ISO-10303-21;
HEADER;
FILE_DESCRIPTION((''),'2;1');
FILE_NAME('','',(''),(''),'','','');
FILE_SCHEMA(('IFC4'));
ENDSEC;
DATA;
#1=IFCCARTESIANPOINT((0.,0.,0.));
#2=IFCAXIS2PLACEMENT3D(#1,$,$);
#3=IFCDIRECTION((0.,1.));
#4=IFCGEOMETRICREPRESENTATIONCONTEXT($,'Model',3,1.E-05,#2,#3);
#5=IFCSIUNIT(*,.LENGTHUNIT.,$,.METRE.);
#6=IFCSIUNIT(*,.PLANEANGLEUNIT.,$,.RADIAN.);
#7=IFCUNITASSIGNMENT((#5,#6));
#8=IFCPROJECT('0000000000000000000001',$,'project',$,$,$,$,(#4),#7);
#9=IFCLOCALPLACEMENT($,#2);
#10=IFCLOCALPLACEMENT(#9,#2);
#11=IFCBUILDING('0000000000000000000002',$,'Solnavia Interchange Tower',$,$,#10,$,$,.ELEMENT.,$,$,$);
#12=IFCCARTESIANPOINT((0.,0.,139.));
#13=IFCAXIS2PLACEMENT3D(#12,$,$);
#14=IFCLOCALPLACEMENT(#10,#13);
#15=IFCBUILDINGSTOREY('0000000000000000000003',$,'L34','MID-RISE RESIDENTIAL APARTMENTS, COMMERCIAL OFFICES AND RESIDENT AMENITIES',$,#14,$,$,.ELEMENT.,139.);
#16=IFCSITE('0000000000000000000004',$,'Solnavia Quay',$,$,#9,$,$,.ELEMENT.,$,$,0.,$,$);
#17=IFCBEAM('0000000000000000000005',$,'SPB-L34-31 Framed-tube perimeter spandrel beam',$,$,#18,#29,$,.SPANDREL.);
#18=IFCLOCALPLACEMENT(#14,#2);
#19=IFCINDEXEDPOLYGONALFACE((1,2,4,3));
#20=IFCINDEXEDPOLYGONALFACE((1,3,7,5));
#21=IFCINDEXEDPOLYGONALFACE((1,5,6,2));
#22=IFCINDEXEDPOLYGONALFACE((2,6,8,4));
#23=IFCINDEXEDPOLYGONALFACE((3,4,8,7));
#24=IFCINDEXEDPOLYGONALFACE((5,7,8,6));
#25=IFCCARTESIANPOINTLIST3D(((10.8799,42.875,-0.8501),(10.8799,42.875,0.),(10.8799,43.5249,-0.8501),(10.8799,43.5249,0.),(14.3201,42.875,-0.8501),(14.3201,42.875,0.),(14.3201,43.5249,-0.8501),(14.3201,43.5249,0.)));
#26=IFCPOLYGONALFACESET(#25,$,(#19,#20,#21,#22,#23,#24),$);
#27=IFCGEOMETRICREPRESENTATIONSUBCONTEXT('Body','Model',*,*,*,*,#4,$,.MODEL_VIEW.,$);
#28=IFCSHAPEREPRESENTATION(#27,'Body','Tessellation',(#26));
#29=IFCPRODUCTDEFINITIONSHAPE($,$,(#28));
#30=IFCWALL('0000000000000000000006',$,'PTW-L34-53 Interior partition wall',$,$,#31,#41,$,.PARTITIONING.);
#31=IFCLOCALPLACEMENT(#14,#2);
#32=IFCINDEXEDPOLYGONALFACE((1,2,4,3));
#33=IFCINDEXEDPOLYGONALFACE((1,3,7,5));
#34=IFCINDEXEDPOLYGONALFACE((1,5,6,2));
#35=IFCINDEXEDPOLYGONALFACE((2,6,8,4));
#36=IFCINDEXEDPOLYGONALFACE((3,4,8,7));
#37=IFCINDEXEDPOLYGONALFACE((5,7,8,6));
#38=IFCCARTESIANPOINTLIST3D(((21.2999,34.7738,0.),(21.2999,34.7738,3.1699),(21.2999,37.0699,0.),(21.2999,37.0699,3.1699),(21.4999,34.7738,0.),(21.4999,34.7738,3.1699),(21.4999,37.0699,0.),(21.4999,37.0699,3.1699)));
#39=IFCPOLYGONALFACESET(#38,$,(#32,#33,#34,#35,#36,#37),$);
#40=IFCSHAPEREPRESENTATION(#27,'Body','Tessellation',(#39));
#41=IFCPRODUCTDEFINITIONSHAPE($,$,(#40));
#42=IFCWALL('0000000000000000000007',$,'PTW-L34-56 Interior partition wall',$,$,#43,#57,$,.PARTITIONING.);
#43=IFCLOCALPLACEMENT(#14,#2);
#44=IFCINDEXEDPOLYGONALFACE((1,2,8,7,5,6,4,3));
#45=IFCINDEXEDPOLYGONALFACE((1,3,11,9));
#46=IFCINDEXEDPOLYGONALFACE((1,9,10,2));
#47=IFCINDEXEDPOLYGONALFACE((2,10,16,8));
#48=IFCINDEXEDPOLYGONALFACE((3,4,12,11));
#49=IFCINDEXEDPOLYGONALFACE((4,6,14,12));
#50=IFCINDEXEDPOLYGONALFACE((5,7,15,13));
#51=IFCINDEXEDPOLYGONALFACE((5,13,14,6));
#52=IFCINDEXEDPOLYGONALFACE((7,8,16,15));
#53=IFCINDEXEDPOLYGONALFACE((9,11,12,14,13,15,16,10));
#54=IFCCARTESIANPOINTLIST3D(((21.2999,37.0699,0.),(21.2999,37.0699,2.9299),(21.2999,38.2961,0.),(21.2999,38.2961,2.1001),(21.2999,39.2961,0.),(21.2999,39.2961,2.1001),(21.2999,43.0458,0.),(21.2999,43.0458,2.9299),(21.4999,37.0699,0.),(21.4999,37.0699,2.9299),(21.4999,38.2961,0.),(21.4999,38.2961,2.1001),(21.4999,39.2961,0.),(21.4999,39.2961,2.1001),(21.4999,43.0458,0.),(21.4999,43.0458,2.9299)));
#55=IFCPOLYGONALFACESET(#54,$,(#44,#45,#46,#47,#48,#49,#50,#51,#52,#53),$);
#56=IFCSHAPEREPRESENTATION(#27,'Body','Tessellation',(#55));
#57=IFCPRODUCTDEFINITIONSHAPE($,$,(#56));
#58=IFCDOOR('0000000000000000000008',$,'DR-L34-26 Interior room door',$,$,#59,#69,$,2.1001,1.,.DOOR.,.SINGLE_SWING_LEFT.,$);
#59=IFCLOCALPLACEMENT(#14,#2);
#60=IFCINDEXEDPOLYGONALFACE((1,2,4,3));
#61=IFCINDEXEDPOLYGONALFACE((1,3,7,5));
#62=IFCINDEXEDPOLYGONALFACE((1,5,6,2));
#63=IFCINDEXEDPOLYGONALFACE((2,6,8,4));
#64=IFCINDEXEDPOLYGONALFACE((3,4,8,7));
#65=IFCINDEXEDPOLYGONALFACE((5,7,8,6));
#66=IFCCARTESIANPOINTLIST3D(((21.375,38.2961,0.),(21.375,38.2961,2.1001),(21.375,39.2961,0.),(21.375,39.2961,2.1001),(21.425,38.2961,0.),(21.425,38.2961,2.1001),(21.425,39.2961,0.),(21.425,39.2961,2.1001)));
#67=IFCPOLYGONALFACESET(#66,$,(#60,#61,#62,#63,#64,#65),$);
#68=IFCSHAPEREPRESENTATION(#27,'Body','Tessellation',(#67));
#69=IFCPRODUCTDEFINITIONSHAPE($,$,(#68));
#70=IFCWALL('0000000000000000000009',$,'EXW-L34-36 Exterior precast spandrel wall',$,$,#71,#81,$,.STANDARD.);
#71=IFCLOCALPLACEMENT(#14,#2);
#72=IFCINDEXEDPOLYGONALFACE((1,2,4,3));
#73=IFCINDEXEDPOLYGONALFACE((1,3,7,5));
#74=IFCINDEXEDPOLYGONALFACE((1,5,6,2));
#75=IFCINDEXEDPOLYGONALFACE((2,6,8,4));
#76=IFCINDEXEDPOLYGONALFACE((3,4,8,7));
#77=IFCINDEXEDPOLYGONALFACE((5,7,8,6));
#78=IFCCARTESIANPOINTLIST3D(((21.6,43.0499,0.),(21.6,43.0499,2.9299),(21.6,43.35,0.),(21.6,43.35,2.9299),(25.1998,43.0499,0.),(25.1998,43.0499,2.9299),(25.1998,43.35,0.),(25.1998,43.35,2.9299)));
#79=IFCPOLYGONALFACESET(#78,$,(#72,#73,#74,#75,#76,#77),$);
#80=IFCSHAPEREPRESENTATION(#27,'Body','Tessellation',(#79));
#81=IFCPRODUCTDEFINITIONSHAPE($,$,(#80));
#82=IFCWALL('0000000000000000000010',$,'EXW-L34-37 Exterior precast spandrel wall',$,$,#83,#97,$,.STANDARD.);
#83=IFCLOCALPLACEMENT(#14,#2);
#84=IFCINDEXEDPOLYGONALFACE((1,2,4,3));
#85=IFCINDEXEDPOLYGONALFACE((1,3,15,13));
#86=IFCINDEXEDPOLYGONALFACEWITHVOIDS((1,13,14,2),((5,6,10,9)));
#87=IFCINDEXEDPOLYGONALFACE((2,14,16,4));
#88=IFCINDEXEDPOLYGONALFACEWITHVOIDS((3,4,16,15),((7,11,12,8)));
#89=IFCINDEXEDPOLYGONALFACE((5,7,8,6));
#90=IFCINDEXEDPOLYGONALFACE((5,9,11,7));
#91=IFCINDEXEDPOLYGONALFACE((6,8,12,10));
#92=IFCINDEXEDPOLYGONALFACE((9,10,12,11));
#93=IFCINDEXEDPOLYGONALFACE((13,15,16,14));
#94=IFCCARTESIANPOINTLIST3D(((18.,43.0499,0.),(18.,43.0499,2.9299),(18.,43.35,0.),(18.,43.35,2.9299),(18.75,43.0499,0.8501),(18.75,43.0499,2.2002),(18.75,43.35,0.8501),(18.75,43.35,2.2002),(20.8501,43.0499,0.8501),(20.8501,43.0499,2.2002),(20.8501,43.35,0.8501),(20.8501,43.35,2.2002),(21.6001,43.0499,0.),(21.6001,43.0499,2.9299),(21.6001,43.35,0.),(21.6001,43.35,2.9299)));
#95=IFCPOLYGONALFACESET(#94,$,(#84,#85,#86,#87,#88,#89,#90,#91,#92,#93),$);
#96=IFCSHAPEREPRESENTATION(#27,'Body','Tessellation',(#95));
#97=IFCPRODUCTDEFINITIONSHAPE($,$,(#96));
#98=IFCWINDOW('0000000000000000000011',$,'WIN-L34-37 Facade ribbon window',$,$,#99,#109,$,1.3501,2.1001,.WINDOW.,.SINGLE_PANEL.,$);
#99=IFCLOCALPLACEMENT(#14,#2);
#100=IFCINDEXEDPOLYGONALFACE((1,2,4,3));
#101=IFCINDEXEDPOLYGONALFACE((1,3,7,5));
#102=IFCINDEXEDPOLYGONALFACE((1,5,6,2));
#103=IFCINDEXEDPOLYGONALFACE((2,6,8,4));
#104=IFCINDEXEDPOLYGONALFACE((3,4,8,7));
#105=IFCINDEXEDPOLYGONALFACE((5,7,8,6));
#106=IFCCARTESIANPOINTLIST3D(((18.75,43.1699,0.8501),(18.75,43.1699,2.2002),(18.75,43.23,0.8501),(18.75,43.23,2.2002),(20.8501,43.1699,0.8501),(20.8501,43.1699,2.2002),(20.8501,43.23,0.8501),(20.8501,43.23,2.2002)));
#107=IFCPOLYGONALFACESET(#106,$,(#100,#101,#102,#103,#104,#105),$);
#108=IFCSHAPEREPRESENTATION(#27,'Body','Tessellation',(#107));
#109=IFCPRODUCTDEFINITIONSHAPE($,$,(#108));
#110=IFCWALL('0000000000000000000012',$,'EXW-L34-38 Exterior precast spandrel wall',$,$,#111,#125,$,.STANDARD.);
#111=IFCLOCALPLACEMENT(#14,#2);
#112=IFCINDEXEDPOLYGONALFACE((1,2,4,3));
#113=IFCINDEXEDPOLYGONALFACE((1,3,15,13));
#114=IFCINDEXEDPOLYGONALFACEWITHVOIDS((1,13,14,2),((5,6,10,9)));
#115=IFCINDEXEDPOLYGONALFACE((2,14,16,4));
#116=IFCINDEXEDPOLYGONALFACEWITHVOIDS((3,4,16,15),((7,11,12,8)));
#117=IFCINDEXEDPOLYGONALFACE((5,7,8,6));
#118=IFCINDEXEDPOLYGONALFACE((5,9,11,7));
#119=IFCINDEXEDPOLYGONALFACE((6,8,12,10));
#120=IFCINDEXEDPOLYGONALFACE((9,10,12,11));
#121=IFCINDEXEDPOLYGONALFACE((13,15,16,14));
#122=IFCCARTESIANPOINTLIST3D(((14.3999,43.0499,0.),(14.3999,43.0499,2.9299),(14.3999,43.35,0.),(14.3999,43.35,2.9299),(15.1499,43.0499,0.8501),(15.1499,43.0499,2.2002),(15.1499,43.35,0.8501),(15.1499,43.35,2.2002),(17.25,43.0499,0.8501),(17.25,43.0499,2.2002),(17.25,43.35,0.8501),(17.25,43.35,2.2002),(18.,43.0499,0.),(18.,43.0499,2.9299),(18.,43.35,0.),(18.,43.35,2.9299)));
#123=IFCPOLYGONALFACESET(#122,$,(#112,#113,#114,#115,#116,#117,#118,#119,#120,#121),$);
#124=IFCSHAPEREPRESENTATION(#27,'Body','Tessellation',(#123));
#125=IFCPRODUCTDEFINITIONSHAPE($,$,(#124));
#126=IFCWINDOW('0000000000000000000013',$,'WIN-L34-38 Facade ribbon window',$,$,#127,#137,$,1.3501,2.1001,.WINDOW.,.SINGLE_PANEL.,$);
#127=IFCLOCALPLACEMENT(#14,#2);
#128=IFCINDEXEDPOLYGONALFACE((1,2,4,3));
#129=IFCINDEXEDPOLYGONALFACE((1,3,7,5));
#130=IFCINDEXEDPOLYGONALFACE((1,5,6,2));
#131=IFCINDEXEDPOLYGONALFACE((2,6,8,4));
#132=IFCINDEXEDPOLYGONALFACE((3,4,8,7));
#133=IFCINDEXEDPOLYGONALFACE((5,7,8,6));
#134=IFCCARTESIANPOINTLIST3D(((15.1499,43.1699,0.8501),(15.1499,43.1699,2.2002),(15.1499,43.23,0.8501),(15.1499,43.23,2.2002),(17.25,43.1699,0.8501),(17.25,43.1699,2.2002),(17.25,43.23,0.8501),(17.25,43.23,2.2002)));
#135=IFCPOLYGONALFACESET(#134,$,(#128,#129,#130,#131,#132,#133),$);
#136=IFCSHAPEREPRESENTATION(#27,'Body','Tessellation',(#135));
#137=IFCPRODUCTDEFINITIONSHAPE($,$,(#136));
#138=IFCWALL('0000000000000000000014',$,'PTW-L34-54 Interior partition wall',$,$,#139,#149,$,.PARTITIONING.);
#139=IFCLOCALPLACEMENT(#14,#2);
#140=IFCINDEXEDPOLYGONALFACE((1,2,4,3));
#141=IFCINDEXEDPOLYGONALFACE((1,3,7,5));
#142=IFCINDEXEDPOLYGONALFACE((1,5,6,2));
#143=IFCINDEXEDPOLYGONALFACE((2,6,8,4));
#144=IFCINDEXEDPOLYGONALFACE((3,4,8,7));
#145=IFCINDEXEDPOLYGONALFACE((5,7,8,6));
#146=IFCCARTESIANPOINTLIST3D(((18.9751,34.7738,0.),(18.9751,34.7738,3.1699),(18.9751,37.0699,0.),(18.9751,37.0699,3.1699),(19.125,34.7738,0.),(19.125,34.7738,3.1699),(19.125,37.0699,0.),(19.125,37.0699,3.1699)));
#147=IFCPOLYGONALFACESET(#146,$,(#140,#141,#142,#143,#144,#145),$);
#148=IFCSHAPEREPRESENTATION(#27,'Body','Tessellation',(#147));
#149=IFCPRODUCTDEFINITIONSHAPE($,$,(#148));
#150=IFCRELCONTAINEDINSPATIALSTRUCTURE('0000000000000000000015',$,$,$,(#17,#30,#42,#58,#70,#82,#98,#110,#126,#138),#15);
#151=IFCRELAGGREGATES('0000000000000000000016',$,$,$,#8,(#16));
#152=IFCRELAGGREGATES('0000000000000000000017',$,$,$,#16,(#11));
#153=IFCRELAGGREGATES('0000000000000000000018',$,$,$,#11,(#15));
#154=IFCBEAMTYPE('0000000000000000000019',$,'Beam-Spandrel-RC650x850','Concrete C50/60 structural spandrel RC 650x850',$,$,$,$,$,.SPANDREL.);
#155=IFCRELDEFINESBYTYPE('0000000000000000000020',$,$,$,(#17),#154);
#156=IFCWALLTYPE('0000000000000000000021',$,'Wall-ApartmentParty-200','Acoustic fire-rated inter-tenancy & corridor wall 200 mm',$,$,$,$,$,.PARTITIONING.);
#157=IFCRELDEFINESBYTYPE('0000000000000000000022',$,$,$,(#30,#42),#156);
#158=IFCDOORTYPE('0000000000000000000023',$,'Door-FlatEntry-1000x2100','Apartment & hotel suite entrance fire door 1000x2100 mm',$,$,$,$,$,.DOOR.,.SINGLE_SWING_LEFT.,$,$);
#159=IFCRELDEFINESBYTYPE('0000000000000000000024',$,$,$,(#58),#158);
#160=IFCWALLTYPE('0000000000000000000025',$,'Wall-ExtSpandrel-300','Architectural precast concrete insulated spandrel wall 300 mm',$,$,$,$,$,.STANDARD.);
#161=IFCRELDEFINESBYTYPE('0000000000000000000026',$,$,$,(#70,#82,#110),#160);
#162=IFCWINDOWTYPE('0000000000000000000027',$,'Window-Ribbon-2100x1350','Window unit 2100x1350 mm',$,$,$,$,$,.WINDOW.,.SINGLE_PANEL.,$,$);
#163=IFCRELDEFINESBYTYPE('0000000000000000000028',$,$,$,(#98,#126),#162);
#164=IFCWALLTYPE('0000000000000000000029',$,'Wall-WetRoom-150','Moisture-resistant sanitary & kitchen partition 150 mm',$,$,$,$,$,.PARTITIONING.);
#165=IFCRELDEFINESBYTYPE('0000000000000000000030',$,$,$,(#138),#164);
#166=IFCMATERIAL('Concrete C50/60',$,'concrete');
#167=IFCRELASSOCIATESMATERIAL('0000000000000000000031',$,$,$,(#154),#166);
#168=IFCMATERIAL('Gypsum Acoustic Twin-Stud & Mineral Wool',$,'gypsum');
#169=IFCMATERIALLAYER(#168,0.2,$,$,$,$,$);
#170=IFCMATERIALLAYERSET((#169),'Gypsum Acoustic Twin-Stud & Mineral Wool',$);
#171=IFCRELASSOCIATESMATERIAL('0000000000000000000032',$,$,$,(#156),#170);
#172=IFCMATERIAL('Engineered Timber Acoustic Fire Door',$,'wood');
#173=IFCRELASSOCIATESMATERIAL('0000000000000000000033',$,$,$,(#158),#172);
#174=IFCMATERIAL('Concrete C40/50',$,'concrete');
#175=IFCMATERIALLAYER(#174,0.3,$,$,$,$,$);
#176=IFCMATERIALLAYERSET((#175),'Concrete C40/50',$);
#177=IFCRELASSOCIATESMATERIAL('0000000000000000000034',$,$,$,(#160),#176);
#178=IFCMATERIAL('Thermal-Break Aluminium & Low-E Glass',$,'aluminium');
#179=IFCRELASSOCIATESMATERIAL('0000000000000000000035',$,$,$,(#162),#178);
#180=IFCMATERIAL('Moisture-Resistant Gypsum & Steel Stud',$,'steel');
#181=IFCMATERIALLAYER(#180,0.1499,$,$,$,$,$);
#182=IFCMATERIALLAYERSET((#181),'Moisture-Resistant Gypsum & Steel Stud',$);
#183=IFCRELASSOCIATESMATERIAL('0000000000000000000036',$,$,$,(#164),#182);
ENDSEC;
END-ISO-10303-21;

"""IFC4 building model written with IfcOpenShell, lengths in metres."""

from ifc_helpers import new_model, si_unit, direction, frame, frame_2d, origin, origin_2d, place, context, subcontext, project, spatial, rectangle, extrude, material, layer, layer_set, material_profile, profile_set, type_object, element, fill, save


model = new_model("IFC4")

# Units and contexts
model_context = context("Model", 3, precision=1e-05, world=origin(), true_north=direction((0.0, 1.0)))
body_context = subcontext(model_context, "Body", "Model", "MODEL_VIEW")
ifc_project = project(units=[si_unit("LENGTHUNIT", "METRE"), si_unit("PLANEANGLEUNIT", "RADIAN")], contexts=[model_context])

# Site, building, storey
site_placement = place(None, origin())
site = spatial("IfcSite", under=ifc_project, at=site_placement, Name="Solnavia Quay", CompositionType="ELEMENT", RefElevation=0.0)
building_placement = place(site_placement, origin())
building = spatial("IfcBuilding", under=site, at=building_placement, Name="Solnavia Interchange Tower", CompositionType="ELEMENT")
storey_placement = place(building_placement, frame((0.0, 0.0, 139.0)))
storey = spatial("IfcBuildingStorey", under=building, at=storey_placement, Name="L34", Description="MID-RISE RESIDENTIAL APARTMENTS, COMMERCIAL OFFICES AND RESIDENT AMENITIES", CompositionType="ELEMENT", Elevation=139.0)

# Shared definitions
ifc_material_1 = material(Name="Concrete C50/60", Category="concrete")

# Beam
ifc_material_profile_1 = material_profile(ifc_material_1, rectangle(XDim=0.6499, YDim=0.8501, at=origin_2d()), Name="RC 650x850")
ifc_profile_set_1 = profile_set([ifc_material_profile_1], Name="Concrete C50/60")
beam_type_1 = type_object("IfcBeamType", Name="Beam-Spandrel-RC650x850", Description="Concrete C50/60 structural spandrel RC 650x850", PredefinedType="SPANDREL", material=ifc_profile_set_1)
beam_1_placement = place(storey_placement, frame((14.3201, 43.2, -0.425), z_axis=(-1.0, 0.0, 0.0), x_axis=(0.0, -1.0, 0.0)))
element("IfcBeam", 1, at=beam_1_placement, inside=storey, type_object=beam_type_1, Name="SPB-L34-31 Framed-tube perimeter spandrel beam", PredefinedType="SPANDREL", context=body_context, shape_type="SweptSolid", body=[
    extrude(rectangle(XDim=0.6499, YDim=0.8501, at=origin_2d()), origin(), (0.0, 0.0, 1.0), 3.4402),
])

# Wall
ifc_material_2 = material(Name="Gypsum Acoustic Twin-Stud & Mineral Wool", Category="gypsum")
ifc_layer_1 = layer(ifc_material_2, 0.2)
ifc_layer_set_1 = layer_set([ifc_layer_1], Name="Gypsum Acoustic Twin-Stud & Mineral Wool")
wall_type_1 = type_object("IfcWallType", Name="Wall-ApartmentParty-200", Description="Acoustic fire-rated inter-tenancy & corridor wall 200 mm", PredefinedType="PARTITIONING", material=ifc_layer_set_1)
wall_1_placement = place(storey_placement, frame((21.3999, 34.7739, 0.0), z_axis=(0.0, 0.0, 1.0), x_axis=(0.0, 1.0, 0.0)))
element("IfcWall", 2, at=wall_1_placement, inside=storey, type_object=wall_type_1, Name="PTW-L34-53 Interior partition wall", PredefinedType="PARTITIONING", context=body_context, shape_type="SweptSolid", body=[
    extrude(rectangle(XDim=2.2961, YDim=0.2, at=frame_2d((1.1479, 0.0))), origin(), (0.0, 0.0, 1.0), 3.1699),
])

# Wall, opening, door
wall_2_placement = place(storey_placement, frame((21.3999, 37.0701, 0.0), z_axis=(0.0, 0.0, 1.0), x_axis=(0.0, 1.0, 0.0)))
wall_2 = element("IfcWall", 3, at=wall_2_placement, inside=storey, type_object=wall_type_1, Name="PTW-L34-56 Interior partition wall", PredefinedType="PARTITIONING", context=body_context, shape_type="SweptSolid", body=[
    extrude(rectangle(XDim=5.9758, YDim=0.2, at=frame_2d((2.9878, 0.0))), origin(), (0.0, 0.0, 1.0), 2.9299),
])
opening_1_placement = place(wall_2_placement, frame((1.2261, 0.0, 0.0)))
opening_1 = element("IfcOpeningElement", 4, at=opening_1_placement, cuts=wall_2, PredefinedType="OPENING", context=body_context, shape_type="SweptSolid", body=[
    extrude(rectangle(XDim=1.0, YDim=2.1001, at=frame_2d((0.5, 1.05))), frame((0.0, 0.1099, 0.0), z_axis=(0.0, -1.0, 0.0), x_axis=(1.0, 0.0, 0.0)), (0.0, 0.0, 1.0), 0.22),
])
ifc_material_3 = material(Name="Engineered Timber Acoustic Fire Door", Category="wood")
door_type_1 = type_object("IfcDoorType", Name="Door-FlatEntry-1000x2100", Description="Apartment & hotel suite entrance fire door 1000x2100 mm", OperationType="SINGLE_SWING_LEFT", PredefinedType="DOOR", material=ifc_material_3)
door_1_placement = place(opening_1_placement, origin())
door_1 = element("IfcDoor", 5, at=door_1_placement, inside=storey, type_object=door_type_1, Name="DR-L34-26 Interior room door", OperationType="SINGLE_SWING_LEFT", OverallHeight=2.1001, OverallWidth=1.0, PredefinedType="DOOR", context=body_context, shape_type="SweptSolid", body=[
    extrude(rectangle(XDim=1.0, YDim=2.1001, at=frame_2d((0.5, 1.05))), frame((0.0, 0.0249, 0.0), z_axis=(0.0, -1.0, 0.0), x_axis=(1.0, 0.0, 0.0)), (0.0, 0.0, 1.0), 0.05),
])
fill(opening_1, door_1)

# Wall
ifc_material_4 = material(Name="Concrete C40/50", Category="concrete")
ifc_layer_2 = layer(ifc_material_4, 0.3)
ifc_layer_set_2 = layer_set([ifc_layer_2], Name="Concrete C40/50")
wall_type_2 = type_object("IfcWallType", Name="Wall-ExtSpandrel-300", Description="Architectural precast concrete insulated spandrel wall 300 mm", PredefinedType="STANDARD", material=ifc_layer_set_2)
wall_3_placement = place(storey_placement, frame((21.6001, 43.2, 0.0), z_axis=(0.0, 0.0, 1.0), x_axis=(1.0, 0.0, 0.0)))
element("IfcWall", 6, at=wall_3_placement, inside=storey, type_object=wall_type_2, Name="EXW-L34-36 Exterior precast spandrel wall", PredefinedType="STANDARD", context=body_context, shape_type="SweptSolid", body=[
    extrude(rectangle(XDim=3.5999, YDim=0.3, at=frame_2d((1.7998, 0.0))), origin(), (0.0, 0.0, 1.0), 2.9299),
])

# Walls, openings, windows
wall_4_placement = place(storey_placement, frame((18.0, 43.2, 0.0), z_axis=(0.0, 0.0, 1.0), x_axis=(1.0, 0.0, 0.0)))
wall_4 = element("IfcWall", 7, at=wall_4_placement, inside=storey, type_object=wall_type_2, Name="EXW-L34-37 Exterior precast spandrel wall", PredefinedType="STANDARD", context=body_context, shape_type="SweptSolid", body=[
    extrude(rectangle(XDim=3.6001, YDim=0.3, at=frame_2d((1.8, 0.0))), origin(), (0.0, 0.0, 1.0), 2.9299),
])
opening_2_placement = place(wall_4_placement, frame((0.75, 0.0, 0.8501)))
opening_2 = element("IfcOpeningElement", 8, at=opening_2_placement, cuts=wall_4, PredefinedType="OPENING", context=body_context, shape_type="SweptSolid", body=[
    extrude(rectangle(XDim=2.1001, YDim=1.3501, at=frame_2d((1.05, 0.675))), frame((0.0, 0.1602, 0.0), z_axis=(0.0, -1.0, 0.0), x_axis=(1.0, 0.0, 0.0)), (0.0, 0.0, 1.0), 0.3201),
])
ifc_material_5 = material(Name="Thermal-Break Aluminium & Low-E Glass", Category="aluminium")
window_type = type_object("IfcWindowType", Name="Window-Ribbon-2100x1350", Description="Window unit 2100x1350 mm", PartitioningType="SINGLE_PANEL", PredefinedType="WINDOW", material=ifc_material_5)
window_1_placement = place(opening_2_placement, origin())
window_1 = element("IfcWindow", 9, at=window_1_placement, inside=storey, type_object=window_type, Name="WIN-L34-37 Facade ribbon window", OverallHeight=1.3501, OverallWidth=2.1001, PartitioningType="SINGLE_PANEL", PredefinedType="WINDOW", context=body_context, shape_type="SweptSolid", body=[
    extrude(rectangle(XDim=2.1001, YDim=1.3501, at=frame_2d((1.05, 0.675))), frame((0.0, 0.03, 0.0), z_axis=(0.0, -1.0, 0.0), x_axis=(1.0, 0.0, 0.0)), (0.0, 0.0, 1.0), 0.0601),
])
fill(opening_2, window_1)
wall_5_placement = place(storey_placement, frame((14.3999, 43.2, 0.0), z_axis=(0.0, 0.0, 1.0), x_axis=(1.0, 0.0, 0.0)))
wall_5 = element("IfcWall", 10, at=wall_5_placement, inside=storey, type_object=wall_type_2, Name="EXW-L34-38 Exterior precast spandrel wall", PredefinedType="STANDARD", context=body_context, shape_type="SweptSolid", body=[
    extrude(rectangle(XDim=3.6001, YDim=0.3, at=frame_2d((1.8, 0.0))), origin(), (0.0, 0.0, 1.0), 2.9299),
])
opening_3_placement = place(wall_5_placement, frame((0.75, 0.0, 0.8501)))
opening_3 = element("IfcOpeningElement", 11, at=opening_3_placement, cuts=wall_5, PredefinedType="OPENING", context=body_context, shape_type="SweptSolid", body=[
    extrude(rectangle(XDim=2.1001, YDim=1.3501, at=frame_2d((1.05, 0.675))), frame((0.0, 0.1602, 0.0), z_axis=(0.0, -1.0, 0.0), x_axis=(1.0, 0.0, 0.0)), (0.0, 0.0, 1.0), 0.3201),
])
window_2_placement = place(opening_3_placement, origin())
window_2 = element("IfcWindow", 12, at=window_2_placement, inside=storey, type_object=window_type, Name="WIN-L34-38 Facade ribbon window", OverallHeight=1.3501, OverallWidth=2.1001, PartitioningType="SINGLE_PANEL", PredefinedType="WINDOW", context=body_context, shape_type="SweptSolid", body=[
    extrude(rectangle(XDim=2.1001, YDim=1.3501, at=frame_2d((1.05, 0.675))), frame((0.0, 0.03, 0.0), z_axis=(0.0, -1.0, 0.0), x_axis=(1.0, 0.0, 0.0)), (0.0, 0.0, 1.0), 0.0601),
])
fill(opening_3, window_2)

# Wall
ifc_material_6 = material(Name="Moisture-Resistant Gypsum & Steel Stud", Category="steel")
ifc_layer_3 = layer(ifc_material_6, 0.1499)
ifc_layer_set_3 = layer_set([ifc_layer_3], Name="Moisture-Resistant Gypsum & Steel Stud")
wall_type_3 = type_object("IfcWallType", Name="Wall-WetRoom-150", Description="Moisture-resistant sanitary & kitchen partition 150 mm", PredefinedType="PARTITIONING", material=ifc_layer_set_3)
wall_6_placement = place(storey_placement, frame((19.05, 34.7739, 0.0), z_axis=(0.0, 0.0, 1.0), x_axis=(0.0, 1.0, 0.0)))
element("IfcWall", 13, at=wall_6_placement, inside=storey, type_object=wall_type_3, Name="PTW-L34-54 Interior partition wall", PredefinedType="PARTITIONING", context=body_context, shape_type="SweptSolid", body=[
    extrude(rectangle(XDim=2.2961, YDim=0.1499, at=frame_2d((1.1479, 0.0))), origin(), (0.0, 0.0, 1.0), 3.1699),
])

save(model, "model.ifc")
